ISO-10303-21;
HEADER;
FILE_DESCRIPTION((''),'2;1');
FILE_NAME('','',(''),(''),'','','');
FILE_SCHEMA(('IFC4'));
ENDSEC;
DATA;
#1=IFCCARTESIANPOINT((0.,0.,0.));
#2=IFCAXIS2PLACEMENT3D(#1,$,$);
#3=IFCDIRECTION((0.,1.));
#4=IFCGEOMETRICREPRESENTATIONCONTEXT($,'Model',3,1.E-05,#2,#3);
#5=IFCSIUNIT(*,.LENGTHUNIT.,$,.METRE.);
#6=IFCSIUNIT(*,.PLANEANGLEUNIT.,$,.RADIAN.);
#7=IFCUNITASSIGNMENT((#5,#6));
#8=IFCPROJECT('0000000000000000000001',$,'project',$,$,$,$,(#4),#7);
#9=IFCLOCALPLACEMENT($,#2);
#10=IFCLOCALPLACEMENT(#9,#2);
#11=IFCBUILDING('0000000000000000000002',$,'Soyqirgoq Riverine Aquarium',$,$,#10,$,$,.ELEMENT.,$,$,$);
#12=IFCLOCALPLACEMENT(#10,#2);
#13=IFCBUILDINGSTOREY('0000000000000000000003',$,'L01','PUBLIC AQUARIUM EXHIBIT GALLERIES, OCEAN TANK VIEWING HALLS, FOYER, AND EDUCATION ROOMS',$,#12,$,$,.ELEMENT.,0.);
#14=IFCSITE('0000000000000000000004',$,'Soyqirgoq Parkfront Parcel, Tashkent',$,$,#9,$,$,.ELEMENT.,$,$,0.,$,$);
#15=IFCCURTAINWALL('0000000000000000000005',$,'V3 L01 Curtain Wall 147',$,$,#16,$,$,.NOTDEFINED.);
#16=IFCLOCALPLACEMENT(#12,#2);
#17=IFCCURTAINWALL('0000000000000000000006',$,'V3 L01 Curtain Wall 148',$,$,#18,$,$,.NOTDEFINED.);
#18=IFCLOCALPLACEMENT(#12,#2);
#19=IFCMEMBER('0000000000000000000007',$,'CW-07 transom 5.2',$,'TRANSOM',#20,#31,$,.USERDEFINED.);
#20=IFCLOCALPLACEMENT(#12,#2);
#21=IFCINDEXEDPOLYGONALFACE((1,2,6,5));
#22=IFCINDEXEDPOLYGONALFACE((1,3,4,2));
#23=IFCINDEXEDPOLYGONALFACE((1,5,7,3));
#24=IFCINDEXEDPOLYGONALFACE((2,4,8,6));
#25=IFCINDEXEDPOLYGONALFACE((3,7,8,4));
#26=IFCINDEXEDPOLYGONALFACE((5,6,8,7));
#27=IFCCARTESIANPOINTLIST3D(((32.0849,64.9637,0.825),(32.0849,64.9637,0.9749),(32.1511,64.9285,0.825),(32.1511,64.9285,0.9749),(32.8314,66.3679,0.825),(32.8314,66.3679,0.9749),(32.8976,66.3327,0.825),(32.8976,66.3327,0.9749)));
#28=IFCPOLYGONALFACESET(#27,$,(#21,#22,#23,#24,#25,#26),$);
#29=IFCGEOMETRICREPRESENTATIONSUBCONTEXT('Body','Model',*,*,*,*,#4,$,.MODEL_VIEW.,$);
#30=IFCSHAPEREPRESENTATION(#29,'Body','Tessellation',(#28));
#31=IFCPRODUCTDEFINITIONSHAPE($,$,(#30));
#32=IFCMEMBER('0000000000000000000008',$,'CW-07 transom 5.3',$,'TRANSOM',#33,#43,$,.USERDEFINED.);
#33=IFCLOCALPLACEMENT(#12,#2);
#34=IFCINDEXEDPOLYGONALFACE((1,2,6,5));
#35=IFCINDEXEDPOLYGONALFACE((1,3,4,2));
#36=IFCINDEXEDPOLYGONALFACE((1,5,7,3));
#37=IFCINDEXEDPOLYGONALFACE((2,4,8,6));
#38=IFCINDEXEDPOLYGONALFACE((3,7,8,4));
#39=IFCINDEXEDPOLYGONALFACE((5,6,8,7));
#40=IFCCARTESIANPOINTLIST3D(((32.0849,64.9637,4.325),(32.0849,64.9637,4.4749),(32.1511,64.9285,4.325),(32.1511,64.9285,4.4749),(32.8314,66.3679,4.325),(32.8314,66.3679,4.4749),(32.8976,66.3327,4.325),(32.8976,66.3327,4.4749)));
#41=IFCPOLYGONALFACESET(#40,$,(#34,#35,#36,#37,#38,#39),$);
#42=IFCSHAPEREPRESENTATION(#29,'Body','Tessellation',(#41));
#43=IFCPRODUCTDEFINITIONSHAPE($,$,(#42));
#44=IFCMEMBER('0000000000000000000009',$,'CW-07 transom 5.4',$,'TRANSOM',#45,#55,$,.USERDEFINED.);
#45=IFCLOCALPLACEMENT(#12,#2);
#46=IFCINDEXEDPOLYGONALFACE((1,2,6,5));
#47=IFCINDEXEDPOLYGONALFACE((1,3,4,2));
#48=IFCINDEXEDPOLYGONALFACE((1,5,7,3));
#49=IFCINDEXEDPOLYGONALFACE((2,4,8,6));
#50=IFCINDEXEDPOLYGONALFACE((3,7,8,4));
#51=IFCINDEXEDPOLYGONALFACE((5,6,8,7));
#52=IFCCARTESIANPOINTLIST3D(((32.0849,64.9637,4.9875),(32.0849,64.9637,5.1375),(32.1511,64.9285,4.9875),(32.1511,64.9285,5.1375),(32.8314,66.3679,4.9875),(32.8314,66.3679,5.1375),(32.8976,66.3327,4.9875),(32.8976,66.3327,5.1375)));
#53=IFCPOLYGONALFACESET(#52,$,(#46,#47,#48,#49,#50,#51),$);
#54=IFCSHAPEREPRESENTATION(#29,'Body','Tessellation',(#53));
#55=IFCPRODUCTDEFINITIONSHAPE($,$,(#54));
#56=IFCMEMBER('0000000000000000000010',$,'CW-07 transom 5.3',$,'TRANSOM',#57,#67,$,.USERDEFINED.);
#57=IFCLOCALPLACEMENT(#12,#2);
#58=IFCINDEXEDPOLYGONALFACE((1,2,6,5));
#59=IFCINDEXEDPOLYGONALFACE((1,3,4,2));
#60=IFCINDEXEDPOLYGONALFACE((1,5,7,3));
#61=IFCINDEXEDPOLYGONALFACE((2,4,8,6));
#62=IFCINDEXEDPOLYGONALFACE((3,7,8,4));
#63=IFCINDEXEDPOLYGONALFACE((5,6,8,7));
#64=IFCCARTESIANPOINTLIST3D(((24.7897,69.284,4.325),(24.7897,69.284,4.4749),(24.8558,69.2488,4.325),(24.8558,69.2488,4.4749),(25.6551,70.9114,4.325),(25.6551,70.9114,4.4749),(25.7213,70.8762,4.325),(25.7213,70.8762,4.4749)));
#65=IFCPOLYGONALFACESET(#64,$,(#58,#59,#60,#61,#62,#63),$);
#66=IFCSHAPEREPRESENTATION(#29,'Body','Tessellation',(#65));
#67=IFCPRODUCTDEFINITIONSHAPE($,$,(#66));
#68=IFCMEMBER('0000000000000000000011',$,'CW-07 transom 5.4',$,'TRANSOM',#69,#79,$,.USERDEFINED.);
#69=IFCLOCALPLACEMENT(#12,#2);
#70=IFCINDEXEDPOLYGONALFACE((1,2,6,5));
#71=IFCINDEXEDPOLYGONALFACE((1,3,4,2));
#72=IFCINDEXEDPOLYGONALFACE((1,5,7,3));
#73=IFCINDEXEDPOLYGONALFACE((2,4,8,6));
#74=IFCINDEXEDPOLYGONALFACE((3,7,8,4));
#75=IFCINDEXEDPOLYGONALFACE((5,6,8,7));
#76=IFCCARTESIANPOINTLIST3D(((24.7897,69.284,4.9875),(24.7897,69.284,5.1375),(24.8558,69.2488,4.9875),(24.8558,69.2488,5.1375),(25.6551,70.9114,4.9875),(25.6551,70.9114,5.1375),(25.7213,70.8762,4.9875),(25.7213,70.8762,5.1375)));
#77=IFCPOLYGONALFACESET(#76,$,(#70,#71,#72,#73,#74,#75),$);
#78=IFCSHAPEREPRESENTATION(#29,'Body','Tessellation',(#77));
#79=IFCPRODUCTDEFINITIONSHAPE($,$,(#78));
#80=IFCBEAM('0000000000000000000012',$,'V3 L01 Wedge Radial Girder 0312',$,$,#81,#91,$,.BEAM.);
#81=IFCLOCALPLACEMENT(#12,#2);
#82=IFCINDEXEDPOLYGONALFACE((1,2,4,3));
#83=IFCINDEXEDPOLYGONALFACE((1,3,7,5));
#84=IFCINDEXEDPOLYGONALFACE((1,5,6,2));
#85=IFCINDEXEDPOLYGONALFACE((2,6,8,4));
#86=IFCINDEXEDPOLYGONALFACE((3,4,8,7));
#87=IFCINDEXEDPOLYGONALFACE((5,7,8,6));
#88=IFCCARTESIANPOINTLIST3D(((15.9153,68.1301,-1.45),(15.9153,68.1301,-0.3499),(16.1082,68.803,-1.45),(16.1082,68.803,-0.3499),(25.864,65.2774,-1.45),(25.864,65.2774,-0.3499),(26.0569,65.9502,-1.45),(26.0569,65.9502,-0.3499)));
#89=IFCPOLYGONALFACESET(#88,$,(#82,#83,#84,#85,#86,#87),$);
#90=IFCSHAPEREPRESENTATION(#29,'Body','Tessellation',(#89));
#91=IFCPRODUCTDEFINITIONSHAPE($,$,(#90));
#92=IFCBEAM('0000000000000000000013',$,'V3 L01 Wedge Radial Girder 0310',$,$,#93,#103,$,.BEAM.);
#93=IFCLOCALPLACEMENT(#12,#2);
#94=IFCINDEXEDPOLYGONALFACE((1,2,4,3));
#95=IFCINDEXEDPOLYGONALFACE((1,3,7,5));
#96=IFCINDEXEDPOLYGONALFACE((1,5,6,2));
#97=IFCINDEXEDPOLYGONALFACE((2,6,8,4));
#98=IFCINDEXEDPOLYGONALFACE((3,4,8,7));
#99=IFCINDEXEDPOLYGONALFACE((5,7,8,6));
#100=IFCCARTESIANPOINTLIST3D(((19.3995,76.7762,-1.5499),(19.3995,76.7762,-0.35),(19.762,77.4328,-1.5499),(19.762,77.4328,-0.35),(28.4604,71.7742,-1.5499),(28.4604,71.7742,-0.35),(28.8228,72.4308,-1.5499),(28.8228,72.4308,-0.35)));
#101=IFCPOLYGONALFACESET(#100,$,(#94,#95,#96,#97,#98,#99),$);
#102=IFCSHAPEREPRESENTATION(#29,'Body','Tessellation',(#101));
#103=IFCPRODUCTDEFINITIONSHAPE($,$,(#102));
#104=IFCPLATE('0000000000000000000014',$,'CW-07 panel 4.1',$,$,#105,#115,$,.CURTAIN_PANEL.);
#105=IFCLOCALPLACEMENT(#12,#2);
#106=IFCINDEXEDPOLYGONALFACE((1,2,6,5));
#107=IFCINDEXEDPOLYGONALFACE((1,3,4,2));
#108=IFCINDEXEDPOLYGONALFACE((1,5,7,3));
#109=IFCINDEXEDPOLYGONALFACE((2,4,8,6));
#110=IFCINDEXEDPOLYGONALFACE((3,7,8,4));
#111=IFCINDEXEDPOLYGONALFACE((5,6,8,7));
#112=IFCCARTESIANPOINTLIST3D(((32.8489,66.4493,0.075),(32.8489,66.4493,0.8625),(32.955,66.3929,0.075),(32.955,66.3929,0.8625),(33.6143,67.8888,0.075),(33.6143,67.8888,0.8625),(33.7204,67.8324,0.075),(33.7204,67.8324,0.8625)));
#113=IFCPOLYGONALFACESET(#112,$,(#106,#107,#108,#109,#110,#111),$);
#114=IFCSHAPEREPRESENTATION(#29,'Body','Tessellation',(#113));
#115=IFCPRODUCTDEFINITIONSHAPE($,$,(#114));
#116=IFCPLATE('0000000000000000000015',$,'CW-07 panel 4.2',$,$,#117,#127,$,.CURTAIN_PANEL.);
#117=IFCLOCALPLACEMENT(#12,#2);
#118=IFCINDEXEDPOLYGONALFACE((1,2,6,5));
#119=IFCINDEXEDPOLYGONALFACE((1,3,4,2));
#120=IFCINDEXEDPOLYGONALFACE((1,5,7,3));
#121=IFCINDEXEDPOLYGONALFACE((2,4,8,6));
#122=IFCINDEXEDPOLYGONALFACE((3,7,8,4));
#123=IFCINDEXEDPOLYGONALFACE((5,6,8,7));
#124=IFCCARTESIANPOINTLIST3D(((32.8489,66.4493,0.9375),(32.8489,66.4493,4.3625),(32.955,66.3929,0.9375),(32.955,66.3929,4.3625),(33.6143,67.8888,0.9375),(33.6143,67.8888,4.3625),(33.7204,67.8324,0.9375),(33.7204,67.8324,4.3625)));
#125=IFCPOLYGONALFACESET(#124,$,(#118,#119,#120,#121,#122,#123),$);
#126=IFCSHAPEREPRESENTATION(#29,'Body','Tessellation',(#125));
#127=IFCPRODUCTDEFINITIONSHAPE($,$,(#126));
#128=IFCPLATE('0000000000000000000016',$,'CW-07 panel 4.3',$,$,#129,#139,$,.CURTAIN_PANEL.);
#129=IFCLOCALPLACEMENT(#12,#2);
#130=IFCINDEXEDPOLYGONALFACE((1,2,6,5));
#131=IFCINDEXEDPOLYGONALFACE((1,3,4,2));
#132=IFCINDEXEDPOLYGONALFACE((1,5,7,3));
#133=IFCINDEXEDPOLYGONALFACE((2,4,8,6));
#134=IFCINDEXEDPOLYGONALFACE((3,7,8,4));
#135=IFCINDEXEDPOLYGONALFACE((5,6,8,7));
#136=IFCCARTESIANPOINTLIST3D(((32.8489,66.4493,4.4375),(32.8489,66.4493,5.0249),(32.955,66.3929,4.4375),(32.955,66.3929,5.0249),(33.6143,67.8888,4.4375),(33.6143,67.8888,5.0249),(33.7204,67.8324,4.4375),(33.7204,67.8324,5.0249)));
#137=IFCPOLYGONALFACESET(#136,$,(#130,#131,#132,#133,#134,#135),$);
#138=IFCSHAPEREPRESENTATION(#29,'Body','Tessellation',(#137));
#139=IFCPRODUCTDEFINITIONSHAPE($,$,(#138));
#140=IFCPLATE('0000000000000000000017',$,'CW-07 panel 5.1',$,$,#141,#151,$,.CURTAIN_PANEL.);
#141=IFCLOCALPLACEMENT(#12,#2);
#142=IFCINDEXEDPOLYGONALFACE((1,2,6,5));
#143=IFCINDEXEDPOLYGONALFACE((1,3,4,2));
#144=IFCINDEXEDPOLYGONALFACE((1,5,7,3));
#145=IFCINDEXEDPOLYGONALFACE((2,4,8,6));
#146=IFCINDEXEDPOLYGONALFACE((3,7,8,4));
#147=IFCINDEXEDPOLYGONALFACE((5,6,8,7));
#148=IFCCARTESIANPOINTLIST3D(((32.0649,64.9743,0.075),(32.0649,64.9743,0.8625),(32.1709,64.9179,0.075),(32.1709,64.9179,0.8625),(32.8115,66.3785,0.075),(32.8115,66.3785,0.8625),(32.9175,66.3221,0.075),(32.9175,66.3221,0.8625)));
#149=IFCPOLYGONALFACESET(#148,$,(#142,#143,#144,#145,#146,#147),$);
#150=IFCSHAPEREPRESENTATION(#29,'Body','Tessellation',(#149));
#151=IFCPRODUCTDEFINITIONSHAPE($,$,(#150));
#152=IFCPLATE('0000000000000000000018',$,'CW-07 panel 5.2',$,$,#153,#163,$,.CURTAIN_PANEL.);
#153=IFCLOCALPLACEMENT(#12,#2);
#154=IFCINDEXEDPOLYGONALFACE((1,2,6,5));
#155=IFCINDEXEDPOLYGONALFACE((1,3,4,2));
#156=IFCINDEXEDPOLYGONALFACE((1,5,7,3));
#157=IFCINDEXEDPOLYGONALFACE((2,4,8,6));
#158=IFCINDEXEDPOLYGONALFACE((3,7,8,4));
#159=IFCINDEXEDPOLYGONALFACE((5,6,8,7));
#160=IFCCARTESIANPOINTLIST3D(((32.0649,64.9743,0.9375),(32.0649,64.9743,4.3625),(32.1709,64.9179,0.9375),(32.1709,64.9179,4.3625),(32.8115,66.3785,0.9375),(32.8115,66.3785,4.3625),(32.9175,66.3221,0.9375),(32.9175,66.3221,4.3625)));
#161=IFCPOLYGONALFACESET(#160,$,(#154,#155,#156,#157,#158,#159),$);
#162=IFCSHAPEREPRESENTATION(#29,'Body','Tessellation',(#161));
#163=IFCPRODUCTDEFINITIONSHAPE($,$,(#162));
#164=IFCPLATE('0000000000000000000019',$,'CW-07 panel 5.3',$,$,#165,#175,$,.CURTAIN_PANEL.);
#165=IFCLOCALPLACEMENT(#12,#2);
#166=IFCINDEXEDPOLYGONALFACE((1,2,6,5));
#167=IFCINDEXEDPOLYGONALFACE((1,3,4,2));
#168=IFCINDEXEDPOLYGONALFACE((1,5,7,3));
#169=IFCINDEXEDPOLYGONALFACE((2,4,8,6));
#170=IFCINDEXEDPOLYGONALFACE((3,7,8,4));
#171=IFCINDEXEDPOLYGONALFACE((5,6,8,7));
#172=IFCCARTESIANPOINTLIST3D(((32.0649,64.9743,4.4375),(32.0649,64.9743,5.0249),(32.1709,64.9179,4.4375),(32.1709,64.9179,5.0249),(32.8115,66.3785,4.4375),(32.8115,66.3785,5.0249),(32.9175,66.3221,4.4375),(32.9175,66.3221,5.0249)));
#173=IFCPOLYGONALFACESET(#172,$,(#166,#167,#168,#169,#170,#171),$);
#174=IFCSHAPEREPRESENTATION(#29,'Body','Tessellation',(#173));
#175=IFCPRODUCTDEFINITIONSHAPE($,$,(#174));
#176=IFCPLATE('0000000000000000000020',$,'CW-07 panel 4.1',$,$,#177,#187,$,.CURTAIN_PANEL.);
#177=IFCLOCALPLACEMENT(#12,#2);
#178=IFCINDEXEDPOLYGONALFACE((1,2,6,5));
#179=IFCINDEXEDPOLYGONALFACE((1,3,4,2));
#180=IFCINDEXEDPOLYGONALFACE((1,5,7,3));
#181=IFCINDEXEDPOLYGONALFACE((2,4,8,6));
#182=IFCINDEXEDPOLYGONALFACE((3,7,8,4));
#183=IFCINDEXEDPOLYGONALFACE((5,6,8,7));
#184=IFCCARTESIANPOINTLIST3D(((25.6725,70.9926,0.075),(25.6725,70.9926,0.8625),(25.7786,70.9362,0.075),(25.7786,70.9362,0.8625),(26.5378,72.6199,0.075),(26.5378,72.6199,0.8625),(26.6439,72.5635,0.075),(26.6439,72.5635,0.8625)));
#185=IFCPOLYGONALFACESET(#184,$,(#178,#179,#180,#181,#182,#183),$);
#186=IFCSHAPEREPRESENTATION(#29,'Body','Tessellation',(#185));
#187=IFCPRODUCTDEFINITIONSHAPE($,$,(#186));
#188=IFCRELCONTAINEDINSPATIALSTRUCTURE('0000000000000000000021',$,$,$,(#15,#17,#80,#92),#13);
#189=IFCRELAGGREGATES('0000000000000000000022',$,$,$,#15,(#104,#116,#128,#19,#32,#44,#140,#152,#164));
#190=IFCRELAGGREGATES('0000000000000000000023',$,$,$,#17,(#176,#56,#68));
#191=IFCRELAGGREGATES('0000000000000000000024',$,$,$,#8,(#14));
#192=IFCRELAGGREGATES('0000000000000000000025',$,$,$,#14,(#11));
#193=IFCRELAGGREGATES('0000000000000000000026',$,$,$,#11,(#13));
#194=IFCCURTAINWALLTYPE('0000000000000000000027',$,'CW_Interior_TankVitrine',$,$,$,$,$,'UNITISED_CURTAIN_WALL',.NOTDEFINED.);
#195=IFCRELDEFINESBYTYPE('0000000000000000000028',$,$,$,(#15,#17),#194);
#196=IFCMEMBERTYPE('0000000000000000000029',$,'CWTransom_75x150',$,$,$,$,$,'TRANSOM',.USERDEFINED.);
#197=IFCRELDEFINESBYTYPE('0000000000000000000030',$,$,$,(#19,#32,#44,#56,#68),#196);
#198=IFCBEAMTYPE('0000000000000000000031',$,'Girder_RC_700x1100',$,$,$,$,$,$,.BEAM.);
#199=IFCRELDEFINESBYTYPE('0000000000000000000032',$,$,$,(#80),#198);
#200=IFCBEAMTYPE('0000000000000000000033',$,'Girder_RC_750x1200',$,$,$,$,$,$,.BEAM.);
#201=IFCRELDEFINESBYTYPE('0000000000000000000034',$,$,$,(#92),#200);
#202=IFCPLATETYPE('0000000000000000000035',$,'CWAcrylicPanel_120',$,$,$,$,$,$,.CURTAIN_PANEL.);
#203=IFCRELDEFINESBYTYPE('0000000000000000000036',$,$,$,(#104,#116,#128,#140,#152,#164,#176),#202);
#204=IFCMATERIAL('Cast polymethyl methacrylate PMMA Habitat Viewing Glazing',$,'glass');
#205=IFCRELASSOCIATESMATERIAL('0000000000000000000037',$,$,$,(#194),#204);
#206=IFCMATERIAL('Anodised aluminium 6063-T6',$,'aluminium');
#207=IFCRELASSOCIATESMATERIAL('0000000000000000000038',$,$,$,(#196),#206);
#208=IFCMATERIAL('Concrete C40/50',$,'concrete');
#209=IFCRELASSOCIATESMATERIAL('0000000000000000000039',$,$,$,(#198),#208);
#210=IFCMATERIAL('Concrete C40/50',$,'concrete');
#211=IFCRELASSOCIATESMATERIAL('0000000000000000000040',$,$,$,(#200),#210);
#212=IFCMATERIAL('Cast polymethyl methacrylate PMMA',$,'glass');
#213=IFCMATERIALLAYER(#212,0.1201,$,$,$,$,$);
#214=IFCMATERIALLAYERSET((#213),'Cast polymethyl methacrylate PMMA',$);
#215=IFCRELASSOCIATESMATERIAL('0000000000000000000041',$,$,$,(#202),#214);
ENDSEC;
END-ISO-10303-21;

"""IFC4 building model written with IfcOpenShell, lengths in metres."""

from ifc_helpers import new_model, si_unit, direction, frame, origin, origin_2d, place, context, subcontext, project, spatial, rectangle, extrude, material, layer, layer_set, material_profile, profile_set, type_object, element, aggregate, save


model = new_model("IFC4")

# Units and contexts
model_context = context("Model", 3, precision=1e-05, world=origin(), true_north=direction((0.0, 1.0)))
body_context = subcontext(model_context, "Body", "Model", "MODEL_VIEW")
ifc_project = project(units=[si_unit("LENGTHUNIT", "METRE"), si_unit("PLANEANGLEUNIT", "RADIAN")], contexts=[model_context])

# Site, building, storey
site_placement = place(None, origin())
site = spatial("IfcSite", under=ifc_project, at=site_placement, Name="Soyqirgoq Parkfront Parcel, Tashkent", CompositionType="ELEMENT", RefElevation=0.0)
building_placement = place(site_placement, origin())
building = spatial("IfcBuilding", under=site, at=building_placement, Name="Soyqirgoq Riverine Aquarium", CompositionType="ELEMENT")
storey_placement = place(building_placement, origin())
storey = spatial("IfcBuildingStorey", under=building, at=storey_placement, Name="L01", Description="PUBLIC AQUARIUM EXHIBIT GALLERIES, OCEAN TANK VIEWING HALLS, FOYER, AND EDUCATION ROOMS", CompositionType="ELEMENT", Elevation=0.0)

# Curtain wall
ifc_material_1 = material(Name="Cast polymethyl methacrylate PMMA Habitat Viewing Glazing", Category="glass")
curtain_wall_type = type_object("IfcCurtainWallType", Name="CW_Interior_TankVitrine", ElementType="UNITISED_CURTAIN_WALL", PredefinedType="NOTDEFINED", material=ifc_material_1)
curtain_wall_1_placement = place(storey_placement, origin())
curtain_wall_1 = element("IfcCurtainWall", 1, at=curtain_wall_1_placement, inside=storey, type_object=curtain_wall_type, Name="V3 L01 Curtain Wall 147", PredefinedType="NOTDEFINED")

# Curtain wall
curtain_wall_2_placement = place(storey_placement, origin())
curtain_wall_2 = element("IfcCurtainWall", 2, at=curtain_wall_2_placement, inside=storey, type_object=curtain_wall_type, Name="V3 L01 Curtain Wall 148", PredefinedType="NOTDEFINED")

# Members
ifc_material_2 = material(Name="Anodised aluminium 6063-T6", Category="aluminium")
ifc_material_profile_1 = material_profile(ifc_material_2, rectangle(XDim=0.075, YDim=0.1499, at=origin_2d()), Name="ALU-T 75x150")
ifc_profile_set_1 = profile_set([ifc_material_profile_1], Name="Anodised aluminium 6063-T6")
member_type_1 = type_object("IfcMemberType", Name="CWTransom_75x150", ElementType="TRANSOM", PredefinedType="USERDEFINED", material=ifc_profile_set_1)
member_1_placement = place(storey_placement, frame((32.8645, 66.3503, 0.8999), z_axis=(-0.469425, -0.882973, 0.0), x_axis=(0.882973, -0.469425, 0.0)))
member_1 = element("IfcMember", 3, at=member_1_placement, type_object=member_type_1, Name="CW-07 transom 5.2", ObjectType="TRANSOM", PredefinedType="USERDEFINED", context=body_context, shape_type="SweptSolid", body=[
    extrude(rectangle(XDim=0.075, YDim=0.1499, at=origin_2d()), origin(), (0.0, 0.0, 1.0), 1.5903),
])
member_2_placement = place(storey_placement, frame((32.8645, 66.3503, 4.3999), z_axis=(-0.469425, -0.882973, 0.0), x_axis=(0.882973, -0.469425, 0.0)))
member_2 = element("IfcMember", 4, at=member_2_placement, type_object=member_type_1, Name="CW-07 transom 5.3", ObjectType="TRANSOM", PredefinedType="USERDEFINED", context=body_context, shape_type="SweptSolid", body=[
    extrude(rectangle(XDim=0.075, YDim=0.1499, at=origin_2d()), origin(), (0.0, 0.0, 1.0), 1.5903),
])
member_3_placement = place(storey_placement, frame((32.8645, 66.3503, 5.0625), z_axis=(-0.469425, -0.882973, 0.0), x_axis=(0.882973, -0.469425, 0.0)))
member_3 = element("IfcMember", 5, at=member_3_placement, type_object=member_type_1, Name="CW-07 transom 5.4", ObjectType="TRANSOM", PredefinedType="USERDEFINED", context=body_context, shape_type="SweptSolid", body=[
    extrude(rectangle(XDim=0.075, YDim=0.1499, at=origin_2d()), origin(), (0.0, 0.0, 1.0), 1.5903),
])
member_4_placement = place(storey_placement, frame((25.6882, 70.8938, 4.3999), z_axis=(-0.469536, -0.882913, 0.0), x_axis=(0.882913, -0.469536, 0.0)))
member_4 = element("IfcMember", 6, at=member_4_placement, type_object=member_type_1, Name="CW-07 transom 5.3", ObjectType="TRANSOM", PredefinedType="USERDEFINED", context=body_context, shape_type="SweptSolid", body=[
    extrude(rectangle(XDim=0.075, YDim=0.1499, at=origin_2d()), origin(), (0.0, 0.0, 1.0), 1.8433),
])
member_5_placement = place(storey_placement, frame((25.6882, 70.8938, 5.0625), z_axis=(-0.469536, -0.882913, 0.0), x_axis=(0.882913, -0.469536, 0.0)))
member_5 = element("IfcMember", 7, at=member_5_placement, type_object=member_type_1, Name="CW-07 transom 5.4", ObjectType="TRANSOM", PredefinedType="USERDEFINED", context=body_context, shape_type="SweptSolid", body=[
    extrude(rectangle(XDim=0.075, YDim=0.1499, at=origin_2d()), origin(), (0.0, 0.0, 1.0), 1.8433),
])

# Beams
ifc_material_3 = material(Name="Concrete C40/50", Category="concrete")
ifc_material_profile_2 = material_profile(ifc_material_3, rectangle(XDim=0.7, YDim=1.1001, at=origin_2d()), Name="RC 700x1100")
ifc_profile_set_2 = profile_set([ifc_material_profile_2], Name="Concrete C40/50")
beam_type_1 = type_object("IfcBeamType", Name="Girder_RC_700x1100", PredefinedType="BEAM", material=ifc_profile_set_2)
beam_1_placement = place(storey_placement, frame((25.9604, 65.6138, -0.8999), z_axis=(-0.961261, 0.27564, 0.0), x_axis=(-0.27564, -0.961261, 0.0)))
element("IfcBeam", 8, at=beam_1_placement, inside=storey, type_object=beam_type_1, Name="V3 L01 Wedge Radial Girder 0312", PredefinedType="BEAM", context=body_context, shape_type="SweptSolid", body=[
    extrude(rectangle(XDim=0.7, YDim=1.1001, at=origin_2d()), origin(), (0.0, 0.0, 1.0), 10.3496),
])
ifc_material_4 = material(Name="Concrete C40/50", Category="concrete")
ifc_material_profile_3 = material_profile(ifc_material_4, rectangle(XDim=0.75, YDim=1.2, at=origin_2d()), Name="RC 750x1200")
ifc_profile_set_3 = profile_set([ifc_material_profile_3], Name="Concrete C40/50")
beam_type_2 = type_object("IfcBeamType", Name="Girder_RC_750x1200", PredefinedType="BEAM", material=ifc_profile_set_3)
beam_2_placement = place(storey_placement, frame((28.6416, 72.1025, -0.95), z_axis=(-0.875459, 0.483292, 0.0), x_axis=(-0.483292, -0.875459, 0.0)))
element("IfcBeam", 9, at=beam_2_placement, inside=storey, type_object=beam_type_2, Name="V3 L01 Wedge Radial Girder 0310", PredefinedType="BEAM", context=body_context, shape_type="SweptSolid", body=[
    extrude(rectangle(XDim=0.75, YDim=1.2, at=origin_2d()), origin(), (0.0, 0.0, 1.0), 10.3499),
])

# Plates
ifc_material_5 = material(Name="Cast polymethyl methacrylate PMMA", Category="glass")
ifc_layer_1 = layer(ifc_material_5, 0.1201)
ifc_layer_set_1 = layer_set([ifc_layer_1], Name="Cast polymethyl methacrylate PMMA")
plate_type = type_object("IfcPlateType", Name="CWAcrylicPanel_120", PredefinedType="CURTAIN_PANEL", material=ifc_layer_set_1)
plate_1_placement = place(storey_placement, frame((33.2847, 67.1409, 0.075), z_axis=(0.0, 0.0, 1.0), x_axis=(-0.469473, -0.882947, 0.0)))
plate_1 = element("IfcPlate", 10, at=plate_1_placement, type_object=plate_type, Name="CW-07 panel 4.1", PredefinedType="CURTAIN_PANEL", context=body_context, shape_type="SweptSolid", body=[
    extrude(rectangle(XDim=1.6304, YDim=0.1201, at=origin_2d()), origin(), (0.0, 0.0, 1.0), 0.7876),
])
plate_2_placement = place(storey_placement, frame((33.2847, 67.1409, 0.9375), z_axis=(0.0, 0.0, 1.0), x_axis=(-0.469473, -0.882947, 0.0)))
plate_2 = element("IfcPlate", 11, at=plate_2_placement, type_object=plate_type, Name="CW-07 panel 4.2", PredefinedType="CURTAIN_PANEL", context=body_context, shape_type="SweptSolid", body=[
    extrude(rectangle(XDim=1.6304, YDim=0.1201, at=origin_2d()), origin(), (0.0, 0.0, 1.0), 3.425),
])
plate_3_placement = place(storey_placement, frame((33.2847, 67.1409, 4.4375), z_axis=(0.0, 0.0, 1.0), x_axis=(-0.469473, -0.882947, 0.0)))
plate_3 = element("IfcPlate", 12, at=plate_3_placement, type_object=plate_type, Name="CW-07 panel 4.3", PredefinedType="CURTAIN_PANEL", context=body_context, shape_type="SweptSolid", body=[
    extrude(rectangle(XDim=1.6304, YDim=0.1201, at=origin_2d()), origin(), (0.0, 0.0, 1.0), 0.5874),
])
plate_4_placement = place(storey_placement, frame((32.4912, 65.6482, 0.075), z_axis=(0.0, 0.0, 1.0), x_axis=(-0.469473, -0.882947, 0.0)))
plate_4 = element("IfcPlate", 13, at=plate_4_placement, type_object=plate_type, Name="CW-07 panel 5.1", PredefinedType="CURTAIN_PANEL", context=body_context, shape_type="SweptSolid", body=[
    extrude(rectangle(XDim=1.5903, YDim=0.1201, at=origin_2d()), origin(), (0.0, 0.0, 1.0), 0.7876),
])
plate_5_placement = place(storey_placement, frame((32.4912, 65.6482, 0.9375), z_axis=(0.0, 0.0, 1.0), x_axis=(-0.469473, -0.882947, 0.0)))
plate_5 = element("IfcPlate", 14, at=plate_5_placement, type_object=plate_type, Name="CW-07 panel 5.2", PredefinedType="CURTAIN_PANEL", context=body_context, shape_type="SweptSolid", body=[
    extrude(rectangle(XDim=1.5903, YDim=0.1201, at=origin_2d()), origin(), (0.0, 0.0, 1.0), 3.425),
])
plate_6_placement = place(storey_placement, frame((32.4912, 65.6482, 4.4375), z_axis=(0.0, 0.0, 1.0), x_axis=(-0.469473, -0.882947, 0.0)))
plate_6 = element("IfcPlate", 15, at=plate_6_placement, type_object=plate_type, Name="CW-07 panel 5.3", PredefinedType="CURTAIN_PANEL", context=body_context, shape_type="SweptSolid", body=[
    extrude(rectangle(XDim=1.5903, YDim=0.1201, at=origin_2d()), origin(), (0.0, 0.0, 1.0), 0.5874),
])
aggregate(curtain_wall_1, [plate_1, plate_2, plate_3, member_1, member_2, member_3, plate_4, plate_5, plate_6])
plate_7_placement = place(storey_placement, frame((26.1582, 71.7781, 0.075), z_axis=(0.0, 0.0, 1.0), x_axis=(-0.469475, -0.882946, 0.0)))
plate_7 = element("IfcPlate", 16, at=plate_7_placement, type_object=plate_type, Name="CW-07 panel 4.1", PredefinedType="CURTAIN_PANEL", context=body_context, shape_type="SweptSolid", body=[
    extrude(rectangle(XDim=1.843, YDim=0.1201, at=origin_2d()), origin(), (0.0, 0.0, 1.0), 0.7876),
])
aggregate(curtain_wall_2, [plate_7, member_4, member_5])

save(model, "model.ifc")
